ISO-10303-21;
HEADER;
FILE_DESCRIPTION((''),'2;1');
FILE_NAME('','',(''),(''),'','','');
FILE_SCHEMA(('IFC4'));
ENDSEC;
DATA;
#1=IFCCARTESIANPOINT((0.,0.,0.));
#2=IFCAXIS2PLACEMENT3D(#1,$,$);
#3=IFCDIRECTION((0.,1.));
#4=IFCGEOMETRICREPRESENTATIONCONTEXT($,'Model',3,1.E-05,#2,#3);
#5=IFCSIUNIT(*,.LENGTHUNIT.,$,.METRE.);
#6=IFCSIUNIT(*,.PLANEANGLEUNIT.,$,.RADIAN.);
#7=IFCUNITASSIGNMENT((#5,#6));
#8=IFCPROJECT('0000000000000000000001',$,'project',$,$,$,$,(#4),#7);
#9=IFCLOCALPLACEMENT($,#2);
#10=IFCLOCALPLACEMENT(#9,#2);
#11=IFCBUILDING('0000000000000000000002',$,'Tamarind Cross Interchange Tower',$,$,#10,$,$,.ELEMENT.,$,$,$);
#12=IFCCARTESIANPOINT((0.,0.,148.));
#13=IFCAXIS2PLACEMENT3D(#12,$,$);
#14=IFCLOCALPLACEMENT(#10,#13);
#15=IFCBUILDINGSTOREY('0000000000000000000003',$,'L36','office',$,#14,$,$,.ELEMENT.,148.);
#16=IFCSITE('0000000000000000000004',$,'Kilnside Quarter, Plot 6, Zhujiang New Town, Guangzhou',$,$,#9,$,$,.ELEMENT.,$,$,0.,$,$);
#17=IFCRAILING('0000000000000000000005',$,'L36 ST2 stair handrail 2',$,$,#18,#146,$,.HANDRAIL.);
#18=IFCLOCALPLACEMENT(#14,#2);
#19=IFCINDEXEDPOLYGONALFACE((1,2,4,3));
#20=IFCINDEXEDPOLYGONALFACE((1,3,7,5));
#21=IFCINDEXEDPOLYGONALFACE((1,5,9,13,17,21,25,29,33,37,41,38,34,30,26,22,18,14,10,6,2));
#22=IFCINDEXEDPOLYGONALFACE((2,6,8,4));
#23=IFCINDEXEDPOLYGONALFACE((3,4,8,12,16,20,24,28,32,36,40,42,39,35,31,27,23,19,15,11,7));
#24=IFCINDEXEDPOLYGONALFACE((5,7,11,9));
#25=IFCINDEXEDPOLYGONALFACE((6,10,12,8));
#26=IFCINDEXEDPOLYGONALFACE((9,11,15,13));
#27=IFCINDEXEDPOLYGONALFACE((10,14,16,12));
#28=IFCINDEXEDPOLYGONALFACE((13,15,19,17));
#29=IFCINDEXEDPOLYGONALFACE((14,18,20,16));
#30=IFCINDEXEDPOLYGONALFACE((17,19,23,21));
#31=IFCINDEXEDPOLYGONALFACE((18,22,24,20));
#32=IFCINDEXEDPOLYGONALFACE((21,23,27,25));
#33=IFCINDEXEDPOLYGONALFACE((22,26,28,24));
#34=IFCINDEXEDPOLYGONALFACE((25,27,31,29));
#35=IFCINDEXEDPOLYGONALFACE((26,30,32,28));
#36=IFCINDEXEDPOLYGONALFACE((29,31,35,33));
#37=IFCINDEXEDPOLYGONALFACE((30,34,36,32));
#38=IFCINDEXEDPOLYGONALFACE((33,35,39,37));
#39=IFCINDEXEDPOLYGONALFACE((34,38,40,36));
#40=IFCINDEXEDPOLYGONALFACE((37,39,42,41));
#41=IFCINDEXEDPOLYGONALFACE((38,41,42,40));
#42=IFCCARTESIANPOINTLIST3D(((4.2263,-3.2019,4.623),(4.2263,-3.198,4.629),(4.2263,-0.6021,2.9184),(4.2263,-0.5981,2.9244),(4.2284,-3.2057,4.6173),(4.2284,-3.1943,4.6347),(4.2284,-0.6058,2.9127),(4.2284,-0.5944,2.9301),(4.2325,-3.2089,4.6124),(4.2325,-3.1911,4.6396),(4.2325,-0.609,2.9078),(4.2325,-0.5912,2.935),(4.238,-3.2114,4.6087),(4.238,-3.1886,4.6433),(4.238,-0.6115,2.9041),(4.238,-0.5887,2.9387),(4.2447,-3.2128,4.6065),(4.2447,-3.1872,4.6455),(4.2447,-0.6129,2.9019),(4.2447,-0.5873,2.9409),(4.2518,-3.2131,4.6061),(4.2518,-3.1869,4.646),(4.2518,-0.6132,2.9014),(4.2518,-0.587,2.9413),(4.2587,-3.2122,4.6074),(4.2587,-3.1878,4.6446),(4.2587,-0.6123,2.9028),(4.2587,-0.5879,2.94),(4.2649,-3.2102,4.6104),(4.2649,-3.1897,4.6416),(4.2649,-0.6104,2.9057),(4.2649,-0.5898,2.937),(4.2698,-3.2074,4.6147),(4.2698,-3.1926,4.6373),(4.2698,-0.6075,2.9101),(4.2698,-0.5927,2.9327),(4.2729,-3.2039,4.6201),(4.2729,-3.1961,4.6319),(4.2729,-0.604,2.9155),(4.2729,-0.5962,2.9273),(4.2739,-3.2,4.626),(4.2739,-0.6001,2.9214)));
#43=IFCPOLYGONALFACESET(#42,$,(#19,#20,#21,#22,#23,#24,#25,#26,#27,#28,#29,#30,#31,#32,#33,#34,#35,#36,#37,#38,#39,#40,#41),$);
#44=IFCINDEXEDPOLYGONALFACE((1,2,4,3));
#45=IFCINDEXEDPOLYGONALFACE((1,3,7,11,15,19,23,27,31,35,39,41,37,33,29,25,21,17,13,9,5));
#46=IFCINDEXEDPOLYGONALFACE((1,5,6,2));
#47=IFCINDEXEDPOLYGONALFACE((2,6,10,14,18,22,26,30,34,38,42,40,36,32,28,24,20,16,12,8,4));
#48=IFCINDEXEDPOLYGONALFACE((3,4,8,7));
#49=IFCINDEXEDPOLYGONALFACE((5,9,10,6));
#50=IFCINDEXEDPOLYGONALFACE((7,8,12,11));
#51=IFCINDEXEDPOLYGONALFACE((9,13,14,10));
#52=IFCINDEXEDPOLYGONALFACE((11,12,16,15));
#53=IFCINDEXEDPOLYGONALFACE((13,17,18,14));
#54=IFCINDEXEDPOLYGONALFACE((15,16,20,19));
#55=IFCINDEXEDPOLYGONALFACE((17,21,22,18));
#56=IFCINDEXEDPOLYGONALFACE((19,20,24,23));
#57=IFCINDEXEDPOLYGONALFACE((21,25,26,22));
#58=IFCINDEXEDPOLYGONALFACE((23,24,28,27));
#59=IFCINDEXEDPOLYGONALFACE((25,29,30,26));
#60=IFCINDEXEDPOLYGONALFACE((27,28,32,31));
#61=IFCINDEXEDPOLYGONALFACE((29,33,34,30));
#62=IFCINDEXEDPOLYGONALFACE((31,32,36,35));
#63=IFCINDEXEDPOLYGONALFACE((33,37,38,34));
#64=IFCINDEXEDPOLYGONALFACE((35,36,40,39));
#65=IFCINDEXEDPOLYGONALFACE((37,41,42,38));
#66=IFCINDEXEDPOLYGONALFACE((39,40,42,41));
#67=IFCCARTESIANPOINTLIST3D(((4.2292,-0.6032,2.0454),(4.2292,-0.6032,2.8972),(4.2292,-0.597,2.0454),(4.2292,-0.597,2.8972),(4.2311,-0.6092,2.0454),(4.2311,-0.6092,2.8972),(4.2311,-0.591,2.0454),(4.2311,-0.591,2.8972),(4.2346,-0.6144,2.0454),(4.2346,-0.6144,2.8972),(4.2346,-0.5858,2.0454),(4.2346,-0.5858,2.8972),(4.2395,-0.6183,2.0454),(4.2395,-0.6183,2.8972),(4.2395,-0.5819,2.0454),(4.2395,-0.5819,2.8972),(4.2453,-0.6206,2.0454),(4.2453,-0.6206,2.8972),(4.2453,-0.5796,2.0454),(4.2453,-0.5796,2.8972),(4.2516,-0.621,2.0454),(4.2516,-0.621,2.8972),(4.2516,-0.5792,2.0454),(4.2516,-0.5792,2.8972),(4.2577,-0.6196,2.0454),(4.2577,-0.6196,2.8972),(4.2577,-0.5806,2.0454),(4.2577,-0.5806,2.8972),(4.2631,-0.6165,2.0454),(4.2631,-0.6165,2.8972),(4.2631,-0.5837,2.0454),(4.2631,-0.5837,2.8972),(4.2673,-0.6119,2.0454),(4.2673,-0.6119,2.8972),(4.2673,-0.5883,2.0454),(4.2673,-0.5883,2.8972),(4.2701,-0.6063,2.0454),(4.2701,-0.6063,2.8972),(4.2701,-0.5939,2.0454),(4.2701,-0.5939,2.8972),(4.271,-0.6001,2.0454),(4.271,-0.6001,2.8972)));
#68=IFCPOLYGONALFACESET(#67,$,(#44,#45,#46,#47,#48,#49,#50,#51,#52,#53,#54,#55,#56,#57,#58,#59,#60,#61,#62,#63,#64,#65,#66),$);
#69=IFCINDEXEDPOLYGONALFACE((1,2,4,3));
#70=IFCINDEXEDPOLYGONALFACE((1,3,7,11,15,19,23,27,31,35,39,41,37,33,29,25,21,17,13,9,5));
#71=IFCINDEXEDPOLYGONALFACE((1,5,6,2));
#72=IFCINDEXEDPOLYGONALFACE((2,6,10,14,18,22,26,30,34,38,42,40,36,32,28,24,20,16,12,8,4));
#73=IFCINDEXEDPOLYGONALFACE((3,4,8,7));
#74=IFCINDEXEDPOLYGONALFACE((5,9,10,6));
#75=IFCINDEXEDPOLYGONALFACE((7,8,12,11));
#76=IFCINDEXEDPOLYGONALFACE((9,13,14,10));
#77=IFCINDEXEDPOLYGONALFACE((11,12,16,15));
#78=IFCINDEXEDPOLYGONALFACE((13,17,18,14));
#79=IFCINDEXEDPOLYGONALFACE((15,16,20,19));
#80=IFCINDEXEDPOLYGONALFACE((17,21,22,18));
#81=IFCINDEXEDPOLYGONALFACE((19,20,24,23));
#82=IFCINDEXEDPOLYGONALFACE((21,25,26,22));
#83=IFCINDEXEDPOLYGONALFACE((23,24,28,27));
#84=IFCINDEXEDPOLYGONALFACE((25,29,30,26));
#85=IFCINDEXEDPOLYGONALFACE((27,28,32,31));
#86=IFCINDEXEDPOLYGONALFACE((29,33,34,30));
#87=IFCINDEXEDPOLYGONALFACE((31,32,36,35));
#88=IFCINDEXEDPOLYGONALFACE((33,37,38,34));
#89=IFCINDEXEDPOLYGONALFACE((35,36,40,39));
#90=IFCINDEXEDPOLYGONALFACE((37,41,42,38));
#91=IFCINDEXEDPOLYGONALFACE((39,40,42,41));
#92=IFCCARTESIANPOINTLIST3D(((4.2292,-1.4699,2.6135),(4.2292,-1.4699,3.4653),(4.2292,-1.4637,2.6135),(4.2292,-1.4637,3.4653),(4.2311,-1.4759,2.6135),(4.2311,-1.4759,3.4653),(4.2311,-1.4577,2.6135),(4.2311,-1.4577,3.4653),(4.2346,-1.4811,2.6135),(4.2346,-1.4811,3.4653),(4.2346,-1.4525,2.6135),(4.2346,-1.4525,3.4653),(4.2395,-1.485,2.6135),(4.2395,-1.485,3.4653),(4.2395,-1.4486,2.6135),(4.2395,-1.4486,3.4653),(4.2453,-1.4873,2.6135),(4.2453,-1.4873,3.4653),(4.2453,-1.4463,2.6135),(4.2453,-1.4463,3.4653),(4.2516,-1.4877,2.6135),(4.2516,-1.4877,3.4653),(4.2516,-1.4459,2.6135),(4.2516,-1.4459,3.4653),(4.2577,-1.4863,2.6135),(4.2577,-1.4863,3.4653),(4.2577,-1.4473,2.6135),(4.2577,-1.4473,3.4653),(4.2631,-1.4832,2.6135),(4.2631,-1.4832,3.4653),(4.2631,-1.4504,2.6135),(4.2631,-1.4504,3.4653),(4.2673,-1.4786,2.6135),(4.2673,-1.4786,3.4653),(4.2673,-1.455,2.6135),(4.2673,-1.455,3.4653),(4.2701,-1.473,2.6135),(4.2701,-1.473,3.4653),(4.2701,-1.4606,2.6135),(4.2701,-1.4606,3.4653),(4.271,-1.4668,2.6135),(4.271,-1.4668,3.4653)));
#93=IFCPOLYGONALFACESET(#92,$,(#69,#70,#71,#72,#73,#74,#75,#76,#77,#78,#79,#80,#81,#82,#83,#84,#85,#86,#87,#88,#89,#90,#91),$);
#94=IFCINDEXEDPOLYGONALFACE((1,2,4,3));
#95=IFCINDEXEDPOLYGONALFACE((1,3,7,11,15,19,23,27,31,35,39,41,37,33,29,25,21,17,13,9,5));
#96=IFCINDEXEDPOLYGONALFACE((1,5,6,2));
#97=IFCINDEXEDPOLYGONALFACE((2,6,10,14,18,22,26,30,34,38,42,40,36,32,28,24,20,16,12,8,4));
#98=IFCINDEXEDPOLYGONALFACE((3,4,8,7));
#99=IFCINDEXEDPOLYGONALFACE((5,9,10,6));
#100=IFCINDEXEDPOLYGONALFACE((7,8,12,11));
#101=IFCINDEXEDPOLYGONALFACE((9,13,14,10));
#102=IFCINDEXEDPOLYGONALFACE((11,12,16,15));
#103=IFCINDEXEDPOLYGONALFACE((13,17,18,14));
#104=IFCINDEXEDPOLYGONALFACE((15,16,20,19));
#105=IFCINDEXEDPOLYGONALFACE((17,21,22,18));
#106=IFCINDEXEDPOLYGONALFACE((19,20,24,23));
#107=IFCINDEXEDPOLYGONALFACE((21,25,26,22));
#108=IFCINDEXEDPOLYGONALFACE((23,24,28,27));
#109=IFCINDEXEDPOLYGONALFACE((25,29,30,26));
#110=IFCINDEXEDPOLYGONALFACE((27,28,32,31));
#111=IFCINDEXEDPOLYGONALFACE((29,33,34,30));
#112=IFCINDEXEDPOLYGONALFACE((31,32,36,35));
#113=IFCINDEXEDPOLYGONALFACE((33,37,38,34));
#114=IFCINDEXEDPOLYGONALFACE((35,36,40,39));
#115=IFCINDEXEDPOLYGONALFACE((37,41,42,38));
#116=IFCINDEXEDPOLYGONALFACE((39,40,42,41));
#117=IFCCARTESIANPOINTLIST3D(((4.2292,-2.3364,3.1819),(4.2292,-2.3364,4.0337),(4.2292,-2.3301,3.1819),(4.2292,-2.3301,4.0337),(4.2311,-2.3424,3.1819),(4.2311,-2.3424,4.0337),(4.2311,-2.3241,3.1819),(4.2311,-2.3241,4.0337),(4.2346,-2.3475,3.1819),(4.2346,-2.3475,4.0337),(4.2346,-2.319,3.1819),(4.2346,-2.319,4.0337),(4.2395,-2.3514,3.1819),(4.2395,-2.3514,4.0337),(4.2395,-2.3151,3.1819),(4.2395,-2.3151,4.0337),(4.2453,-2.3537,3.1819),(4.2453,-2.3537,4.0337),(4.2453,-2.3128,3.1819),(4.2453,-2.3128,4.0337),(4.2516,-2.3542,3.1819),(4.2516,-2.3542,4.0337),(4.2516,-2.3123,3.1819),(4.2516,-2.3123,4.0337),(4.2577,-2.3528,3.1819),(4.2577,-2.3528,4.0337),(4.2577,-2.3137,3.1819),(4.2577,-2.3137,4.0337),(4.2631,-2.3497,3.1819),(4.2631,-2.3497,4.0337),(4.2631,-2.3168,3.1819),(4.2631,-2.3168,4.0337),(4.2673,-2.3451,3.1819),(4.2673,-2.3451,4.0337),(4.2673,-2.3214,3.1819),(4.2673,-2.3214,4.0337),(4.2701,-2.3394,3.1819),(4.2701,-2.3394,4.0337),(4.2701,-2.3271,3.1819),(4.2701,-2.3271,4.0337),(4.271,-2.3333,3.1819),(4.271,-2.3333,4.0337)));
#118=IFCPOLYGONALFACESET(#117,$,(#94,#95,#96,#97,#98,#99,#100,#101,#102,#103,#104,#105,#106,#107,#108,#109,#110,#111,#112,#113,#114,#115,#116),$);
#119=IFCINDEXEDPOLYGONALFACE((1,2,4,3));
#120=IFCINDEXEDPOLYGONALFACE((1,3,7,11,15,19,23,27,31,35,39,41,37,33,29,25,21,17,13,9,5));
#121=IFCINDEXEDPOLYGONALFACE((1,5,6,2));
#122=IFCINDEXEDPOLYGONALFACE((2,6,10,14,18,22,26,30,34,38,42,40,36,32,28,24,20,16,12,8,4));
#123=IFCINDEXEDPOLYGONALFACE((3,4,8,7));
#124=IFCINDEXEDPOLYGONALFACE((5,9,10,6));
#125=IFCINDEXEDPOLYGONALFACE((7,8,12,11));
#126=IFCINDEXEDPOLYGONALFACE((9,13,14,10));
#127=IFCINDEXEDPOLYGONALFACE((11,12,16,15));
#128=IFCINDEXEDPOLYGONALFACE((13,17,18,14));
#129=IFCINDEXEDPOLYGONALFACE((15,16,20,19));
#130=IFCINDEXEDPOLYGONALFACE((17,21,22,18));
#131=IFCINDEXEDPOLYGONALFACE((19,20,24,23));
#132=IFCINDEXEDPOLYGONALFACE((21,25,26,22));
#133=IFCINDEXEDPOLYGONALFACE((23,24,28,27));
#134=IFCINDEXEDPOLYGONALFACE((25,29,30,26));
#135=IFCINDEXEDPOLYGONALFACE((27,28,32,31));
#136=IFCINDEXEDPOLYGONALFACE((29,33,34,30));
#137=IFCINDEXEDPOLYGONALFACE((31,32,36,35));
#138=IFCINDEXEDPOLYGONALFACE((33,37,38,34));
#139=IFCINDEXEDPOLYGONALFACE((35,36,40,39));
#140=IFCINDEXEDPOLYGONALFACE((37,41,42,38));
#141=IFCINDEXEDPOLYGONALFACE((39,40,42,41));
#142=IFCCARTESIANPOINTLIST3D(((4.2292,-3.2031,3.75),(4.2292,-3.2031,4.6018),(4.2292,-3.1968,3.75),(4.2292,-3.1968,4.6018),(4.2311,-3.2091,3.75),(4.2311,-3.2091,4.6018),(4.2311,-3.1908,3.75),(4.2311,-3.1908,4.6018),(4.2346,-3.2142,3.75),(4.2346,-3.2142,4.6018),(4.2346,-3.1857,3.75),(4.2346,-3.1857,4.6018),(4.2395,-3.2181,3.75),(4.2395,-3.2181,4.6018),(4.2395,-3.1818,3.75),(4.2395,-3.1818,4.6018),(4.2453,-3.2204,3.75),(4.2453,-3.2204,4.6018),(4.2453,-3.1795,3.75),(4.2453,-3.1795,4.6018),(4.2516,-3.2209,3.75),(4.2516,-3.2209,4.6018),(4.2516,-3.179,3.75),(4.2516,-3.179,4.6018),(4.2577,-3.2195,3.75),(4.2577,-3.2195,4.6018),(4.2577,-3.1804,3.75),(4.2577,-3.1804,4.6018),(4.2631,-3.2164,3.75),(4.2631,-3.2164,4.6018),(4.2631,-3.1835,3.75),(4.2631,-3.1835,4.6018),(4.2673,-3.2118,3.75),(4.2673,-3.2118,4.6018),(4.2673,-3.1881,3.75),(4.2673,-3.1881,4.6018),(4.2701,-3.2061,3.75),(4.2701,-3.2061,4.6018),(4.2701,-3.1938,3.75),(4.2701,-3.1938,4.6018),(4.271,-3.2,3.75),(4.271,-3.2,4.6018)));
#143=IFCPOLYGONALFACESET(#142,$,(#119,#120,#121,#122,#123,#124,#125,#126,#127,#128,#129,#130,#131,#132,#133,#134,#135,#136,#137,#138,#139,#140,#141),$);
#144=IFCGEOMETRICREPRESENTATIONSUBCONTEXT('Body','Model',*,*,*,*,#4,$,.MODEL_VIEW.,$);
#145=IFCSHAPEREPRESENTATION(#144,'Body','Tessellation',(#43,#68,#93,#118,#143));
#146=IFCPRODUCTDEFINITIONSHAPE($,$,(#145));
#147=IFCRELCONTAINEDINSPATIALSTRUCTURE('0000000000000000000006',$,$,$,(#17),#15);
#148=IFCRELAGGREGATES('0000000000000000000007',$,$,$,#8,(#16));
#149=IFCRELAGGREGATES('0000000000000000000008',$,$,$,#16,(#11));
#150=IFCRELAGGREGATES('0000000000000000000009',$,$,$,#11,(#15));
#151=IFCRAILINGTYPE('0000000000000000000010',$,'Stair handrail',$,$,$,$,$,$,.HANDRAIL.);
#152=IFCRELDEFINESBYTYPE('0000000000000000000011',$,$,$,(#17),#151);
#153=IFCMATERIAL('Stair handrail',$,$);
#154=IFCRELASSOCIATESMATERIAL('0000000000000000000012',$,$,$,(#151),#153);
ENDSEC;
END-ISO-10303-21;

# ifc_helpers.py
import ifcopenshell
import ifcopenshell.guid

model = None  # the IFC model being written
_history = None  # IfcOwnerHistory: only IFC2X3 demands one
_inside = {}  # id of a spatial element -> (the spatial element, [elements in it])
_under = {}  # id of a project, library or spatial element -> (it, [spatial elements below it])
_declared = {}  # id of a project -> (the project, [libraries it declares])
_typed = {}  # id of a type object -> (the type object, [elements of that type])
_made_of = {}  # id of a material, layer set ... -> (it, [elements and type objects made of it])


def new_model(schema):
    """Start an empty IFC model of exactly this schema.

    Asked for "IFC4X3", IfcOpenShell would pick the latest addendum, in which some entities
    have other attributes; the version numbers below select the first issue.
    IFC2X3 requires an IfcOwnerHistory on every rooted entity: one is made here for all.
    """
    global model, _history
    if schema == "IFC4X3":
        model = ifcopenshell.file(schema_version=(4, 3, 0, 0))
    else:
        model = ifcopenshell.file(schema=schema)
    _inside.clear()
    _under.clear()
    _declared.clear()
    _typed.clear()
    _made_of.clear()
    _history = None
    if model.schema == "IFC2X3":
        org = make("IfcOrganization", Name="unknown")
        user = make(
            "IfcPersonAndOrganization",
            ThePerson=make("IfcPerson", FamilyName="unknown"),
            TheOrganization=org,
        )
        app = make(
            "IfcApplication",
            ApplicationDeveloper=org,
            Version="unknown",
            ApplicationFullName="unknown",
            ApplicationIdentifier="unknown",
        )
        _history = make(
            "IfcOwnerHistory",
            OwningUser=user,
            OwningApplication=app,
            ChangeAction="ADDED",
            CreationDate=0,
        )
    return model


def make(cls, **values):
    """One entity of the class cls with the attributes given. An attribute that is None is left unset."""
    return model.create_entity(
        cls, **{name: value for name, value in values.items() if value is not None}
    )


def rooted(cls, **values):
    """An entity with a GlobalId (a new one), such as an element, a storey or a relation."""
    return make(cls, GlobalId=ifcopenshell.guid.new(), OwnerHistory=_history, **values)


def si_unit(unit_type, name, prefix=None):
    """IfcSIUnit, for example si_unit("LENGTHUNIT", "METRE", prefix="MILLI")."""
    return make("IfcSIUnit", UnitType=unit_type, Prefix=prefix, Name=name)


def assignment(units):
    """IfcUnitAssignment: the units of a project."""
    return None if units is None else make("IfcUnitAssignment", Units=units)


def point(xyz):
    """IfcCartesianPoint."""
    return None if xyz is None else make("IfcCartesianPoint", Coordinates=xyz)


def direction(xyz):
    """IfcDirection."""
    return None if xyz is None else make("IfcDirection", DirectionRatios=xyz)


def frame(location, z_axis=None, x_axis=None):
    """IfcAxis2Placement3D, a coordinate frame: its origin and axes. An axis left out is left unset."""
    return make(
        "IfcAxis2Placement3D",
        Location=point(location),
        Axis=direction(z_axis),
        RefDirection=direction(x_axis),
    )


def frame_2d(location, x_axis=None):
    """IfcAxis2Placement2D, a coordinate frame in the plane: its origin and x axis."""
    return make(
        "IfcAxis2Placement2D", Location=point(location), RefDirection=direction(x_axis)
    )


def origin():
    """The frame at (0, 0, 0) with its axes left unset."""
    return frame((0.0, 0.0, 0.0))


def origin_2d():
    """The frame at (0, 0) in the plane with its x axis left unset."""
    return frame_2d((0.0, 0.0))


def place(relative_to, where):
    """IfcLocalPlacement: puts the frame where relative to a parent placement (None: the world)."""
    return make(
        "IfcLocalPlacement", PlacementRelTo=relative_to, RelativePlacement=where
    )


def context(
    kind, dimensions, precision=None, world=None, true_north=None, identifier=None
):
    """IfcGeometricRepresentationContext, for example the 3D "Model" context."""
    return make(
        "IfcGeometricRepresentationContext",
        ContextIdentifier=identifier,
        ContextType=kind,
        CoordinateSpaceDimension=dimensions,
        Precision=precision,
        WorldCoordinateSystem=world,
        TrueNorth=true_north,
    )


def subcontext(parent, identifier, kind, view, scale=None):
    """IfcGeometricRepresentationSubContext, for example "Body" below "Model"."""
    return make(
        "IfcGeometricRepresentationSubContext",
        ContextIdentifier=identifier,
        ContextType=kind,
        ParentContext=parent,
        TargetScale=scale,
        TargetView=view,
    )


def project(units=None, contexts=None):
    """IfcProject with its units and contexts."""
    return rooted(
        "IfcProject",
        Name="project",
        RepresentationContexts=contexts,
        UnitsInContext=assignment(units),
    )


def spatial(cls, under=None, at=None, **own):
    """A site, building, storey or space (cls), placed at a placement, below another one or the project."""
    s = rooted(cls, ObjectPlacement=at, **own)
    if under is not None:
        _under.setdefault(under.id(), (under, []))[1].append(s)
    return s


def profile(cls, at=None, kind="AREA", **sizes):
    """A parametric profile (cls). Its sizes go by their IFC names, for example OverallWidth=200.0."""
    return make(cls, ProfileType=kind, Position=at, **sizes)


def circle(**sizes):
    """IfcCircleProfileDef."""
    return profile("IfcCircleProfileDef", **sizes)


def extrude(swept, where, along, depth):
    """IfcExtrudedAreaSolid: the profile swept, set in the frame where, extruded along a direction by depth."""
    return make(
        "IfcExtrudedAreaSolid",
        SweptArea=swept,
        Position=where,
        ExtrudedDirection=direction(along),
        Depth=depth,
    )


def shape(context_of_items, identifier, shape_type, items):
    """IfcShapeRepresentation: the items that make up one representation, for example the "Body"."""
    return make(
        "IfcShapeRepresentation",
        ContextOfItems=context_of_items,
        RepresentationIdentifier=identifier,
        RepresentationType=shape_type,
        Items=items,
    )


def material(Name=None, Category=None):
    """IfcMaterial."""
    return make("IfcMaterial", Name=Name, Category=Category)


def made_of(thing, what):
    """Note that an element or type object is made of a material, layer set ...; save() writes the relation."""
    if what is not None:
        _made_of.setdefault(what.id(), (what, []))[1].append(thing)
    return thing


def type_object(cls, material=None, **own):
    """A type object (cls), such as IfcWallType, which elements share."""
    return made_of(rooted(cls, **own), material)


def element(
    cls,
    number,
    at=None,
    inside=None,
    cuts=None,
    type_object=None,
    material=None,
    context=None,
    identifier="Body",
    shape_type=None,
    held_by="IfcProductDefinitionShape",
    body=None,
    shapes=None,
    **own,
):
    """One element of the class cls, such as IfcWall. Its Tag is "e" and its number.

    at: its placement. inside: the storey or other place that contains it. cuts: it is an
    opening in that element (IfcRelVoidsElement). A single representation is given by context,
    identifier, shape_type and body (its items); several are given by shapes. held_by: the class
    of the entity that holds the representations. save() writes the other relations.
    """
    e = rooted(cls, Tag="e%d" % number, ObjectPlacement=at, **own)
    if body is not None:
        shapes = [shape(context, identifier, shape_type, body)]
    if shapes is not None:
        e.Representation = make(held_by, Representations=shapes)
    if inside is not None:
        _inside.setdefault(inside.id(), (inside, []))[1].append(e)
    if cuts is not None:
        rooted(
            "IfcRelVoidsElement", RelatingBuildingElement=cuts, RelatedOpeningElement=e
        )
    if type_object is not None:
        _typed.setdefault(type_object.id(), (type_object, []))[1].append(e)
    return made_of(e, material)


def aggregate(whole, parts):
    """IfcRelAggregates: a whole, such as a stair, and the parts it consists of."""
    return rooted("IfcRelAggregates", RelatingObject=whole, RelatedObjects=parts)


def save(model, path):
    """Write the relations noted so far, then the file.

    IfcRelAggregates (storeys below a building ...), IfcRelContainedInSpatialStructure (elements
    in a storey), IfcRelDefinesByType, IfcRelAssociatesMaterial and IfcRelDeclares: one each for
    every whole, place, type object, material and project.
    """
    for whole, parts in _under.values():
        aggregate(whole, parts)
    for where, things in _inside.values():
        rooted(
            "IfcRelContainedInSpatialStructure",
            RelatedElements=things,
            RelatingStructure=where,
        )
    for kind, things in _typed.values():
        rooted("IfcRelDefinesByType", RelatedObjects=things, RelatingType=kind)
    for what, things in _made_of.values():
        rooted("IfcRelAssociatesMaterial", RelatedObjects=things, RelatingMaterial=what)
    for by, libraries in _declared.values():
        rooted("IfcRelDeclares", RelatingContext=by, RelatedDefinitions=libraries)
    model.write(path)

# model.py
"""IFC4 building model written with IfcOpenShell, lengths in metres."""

from ifc_helpers import new_model, si_unit, direction, frame, origin, origin_2d, place, context, subcontext, project, spatial, circle, extrude, material, type_object, element, save


model = new_model("IFC4")

# Units and contexts
model_context = context("Model", 3, precision=1e-05, world=origin(), true_north=direction((0.0, 1.0)))
body_context = subcontext(model_context, "Body", "Model", "MODEL_VIEW")
ifc_project = project(units=[si_unit("LENGTHUNIT", "METRE"), si_unit("PLANEANGLEUNIT", "RADIAN")], contexts=[model_context])

# Site, building, storey
site_placement = place(None, origin())
site = spatial("IfcSite", under=ifc_project, at=site_placement, Name="Kilnside Quarter, Plot 6, Zhujiang New Town, Guangzhou", CompositionType="ELEMENT", RefElevation=0.0)
building_placement = place(site_placement, origin())
building = spatial("IfcBuilding", under=site, at=building_placement, Name="Tamarind Cross Interchange Tower", CompositionType="ELEMENT")
storey_placement = place(building_placement, frame((0.0, 0.0, 148.0)))
storey = spatial("IfcBuildingStorey", under=building, at=storey_placement, Name="L36", Description="office", CompositionType="ELEMENT", Elevation=148.0)

# Railing
ifc_material_1 = material(Name="Stair handrail")
railing_type_1 = type_object("IfcRailingType", Name="Stair handrail", PredefinedType="HANDRAIL", material=ifc_material_1)
railing_1_placement = place(storey_placement, frame((4.25, -0.6001, 2.0454)))
element("IfcRailing", 1, at=railing_1_placement, inside=storey, type_object=railing_type_1, Name="L36 ST2 stair handrail 2", PredefinedType="HANDRAIL", context=body_context, shape_type="SweptSolid", body=[
    extrude(circle(Radius=0.0239, at=origin_2d()), frame((0.0, 0.0, 0.876), z_axis=(0.0, -0.836279, 0.548305), x_axis=(1.0, 0.0, 0.0)), (0.0, 0.0, 1.0), 3.1089),
    extrude(circle(Radius=0.021, at=origin_2d()), origin(), (0.0, 0.0, 1.0), 0.8518),
    extrude(circle(Radius=0.021, at=origin_2d()), frame((0.0, -0.8667, 0.5681)), (0.0, 0.0, 1.0), 0.8518),
    extrude(circle(Radius=0.021, at=origin_2d()), frame((0.0, -1.7332, 1.1365)), (0.0, 0.0, 1.0), 0.8518),
    extrude(circle(Radius=0.021, at=origin_2d()), frame((0.0, -2.5999, 1.7046)), (0.0, 0.0, 1.0), 0.8518),
])

save(model, "model.ifc")
